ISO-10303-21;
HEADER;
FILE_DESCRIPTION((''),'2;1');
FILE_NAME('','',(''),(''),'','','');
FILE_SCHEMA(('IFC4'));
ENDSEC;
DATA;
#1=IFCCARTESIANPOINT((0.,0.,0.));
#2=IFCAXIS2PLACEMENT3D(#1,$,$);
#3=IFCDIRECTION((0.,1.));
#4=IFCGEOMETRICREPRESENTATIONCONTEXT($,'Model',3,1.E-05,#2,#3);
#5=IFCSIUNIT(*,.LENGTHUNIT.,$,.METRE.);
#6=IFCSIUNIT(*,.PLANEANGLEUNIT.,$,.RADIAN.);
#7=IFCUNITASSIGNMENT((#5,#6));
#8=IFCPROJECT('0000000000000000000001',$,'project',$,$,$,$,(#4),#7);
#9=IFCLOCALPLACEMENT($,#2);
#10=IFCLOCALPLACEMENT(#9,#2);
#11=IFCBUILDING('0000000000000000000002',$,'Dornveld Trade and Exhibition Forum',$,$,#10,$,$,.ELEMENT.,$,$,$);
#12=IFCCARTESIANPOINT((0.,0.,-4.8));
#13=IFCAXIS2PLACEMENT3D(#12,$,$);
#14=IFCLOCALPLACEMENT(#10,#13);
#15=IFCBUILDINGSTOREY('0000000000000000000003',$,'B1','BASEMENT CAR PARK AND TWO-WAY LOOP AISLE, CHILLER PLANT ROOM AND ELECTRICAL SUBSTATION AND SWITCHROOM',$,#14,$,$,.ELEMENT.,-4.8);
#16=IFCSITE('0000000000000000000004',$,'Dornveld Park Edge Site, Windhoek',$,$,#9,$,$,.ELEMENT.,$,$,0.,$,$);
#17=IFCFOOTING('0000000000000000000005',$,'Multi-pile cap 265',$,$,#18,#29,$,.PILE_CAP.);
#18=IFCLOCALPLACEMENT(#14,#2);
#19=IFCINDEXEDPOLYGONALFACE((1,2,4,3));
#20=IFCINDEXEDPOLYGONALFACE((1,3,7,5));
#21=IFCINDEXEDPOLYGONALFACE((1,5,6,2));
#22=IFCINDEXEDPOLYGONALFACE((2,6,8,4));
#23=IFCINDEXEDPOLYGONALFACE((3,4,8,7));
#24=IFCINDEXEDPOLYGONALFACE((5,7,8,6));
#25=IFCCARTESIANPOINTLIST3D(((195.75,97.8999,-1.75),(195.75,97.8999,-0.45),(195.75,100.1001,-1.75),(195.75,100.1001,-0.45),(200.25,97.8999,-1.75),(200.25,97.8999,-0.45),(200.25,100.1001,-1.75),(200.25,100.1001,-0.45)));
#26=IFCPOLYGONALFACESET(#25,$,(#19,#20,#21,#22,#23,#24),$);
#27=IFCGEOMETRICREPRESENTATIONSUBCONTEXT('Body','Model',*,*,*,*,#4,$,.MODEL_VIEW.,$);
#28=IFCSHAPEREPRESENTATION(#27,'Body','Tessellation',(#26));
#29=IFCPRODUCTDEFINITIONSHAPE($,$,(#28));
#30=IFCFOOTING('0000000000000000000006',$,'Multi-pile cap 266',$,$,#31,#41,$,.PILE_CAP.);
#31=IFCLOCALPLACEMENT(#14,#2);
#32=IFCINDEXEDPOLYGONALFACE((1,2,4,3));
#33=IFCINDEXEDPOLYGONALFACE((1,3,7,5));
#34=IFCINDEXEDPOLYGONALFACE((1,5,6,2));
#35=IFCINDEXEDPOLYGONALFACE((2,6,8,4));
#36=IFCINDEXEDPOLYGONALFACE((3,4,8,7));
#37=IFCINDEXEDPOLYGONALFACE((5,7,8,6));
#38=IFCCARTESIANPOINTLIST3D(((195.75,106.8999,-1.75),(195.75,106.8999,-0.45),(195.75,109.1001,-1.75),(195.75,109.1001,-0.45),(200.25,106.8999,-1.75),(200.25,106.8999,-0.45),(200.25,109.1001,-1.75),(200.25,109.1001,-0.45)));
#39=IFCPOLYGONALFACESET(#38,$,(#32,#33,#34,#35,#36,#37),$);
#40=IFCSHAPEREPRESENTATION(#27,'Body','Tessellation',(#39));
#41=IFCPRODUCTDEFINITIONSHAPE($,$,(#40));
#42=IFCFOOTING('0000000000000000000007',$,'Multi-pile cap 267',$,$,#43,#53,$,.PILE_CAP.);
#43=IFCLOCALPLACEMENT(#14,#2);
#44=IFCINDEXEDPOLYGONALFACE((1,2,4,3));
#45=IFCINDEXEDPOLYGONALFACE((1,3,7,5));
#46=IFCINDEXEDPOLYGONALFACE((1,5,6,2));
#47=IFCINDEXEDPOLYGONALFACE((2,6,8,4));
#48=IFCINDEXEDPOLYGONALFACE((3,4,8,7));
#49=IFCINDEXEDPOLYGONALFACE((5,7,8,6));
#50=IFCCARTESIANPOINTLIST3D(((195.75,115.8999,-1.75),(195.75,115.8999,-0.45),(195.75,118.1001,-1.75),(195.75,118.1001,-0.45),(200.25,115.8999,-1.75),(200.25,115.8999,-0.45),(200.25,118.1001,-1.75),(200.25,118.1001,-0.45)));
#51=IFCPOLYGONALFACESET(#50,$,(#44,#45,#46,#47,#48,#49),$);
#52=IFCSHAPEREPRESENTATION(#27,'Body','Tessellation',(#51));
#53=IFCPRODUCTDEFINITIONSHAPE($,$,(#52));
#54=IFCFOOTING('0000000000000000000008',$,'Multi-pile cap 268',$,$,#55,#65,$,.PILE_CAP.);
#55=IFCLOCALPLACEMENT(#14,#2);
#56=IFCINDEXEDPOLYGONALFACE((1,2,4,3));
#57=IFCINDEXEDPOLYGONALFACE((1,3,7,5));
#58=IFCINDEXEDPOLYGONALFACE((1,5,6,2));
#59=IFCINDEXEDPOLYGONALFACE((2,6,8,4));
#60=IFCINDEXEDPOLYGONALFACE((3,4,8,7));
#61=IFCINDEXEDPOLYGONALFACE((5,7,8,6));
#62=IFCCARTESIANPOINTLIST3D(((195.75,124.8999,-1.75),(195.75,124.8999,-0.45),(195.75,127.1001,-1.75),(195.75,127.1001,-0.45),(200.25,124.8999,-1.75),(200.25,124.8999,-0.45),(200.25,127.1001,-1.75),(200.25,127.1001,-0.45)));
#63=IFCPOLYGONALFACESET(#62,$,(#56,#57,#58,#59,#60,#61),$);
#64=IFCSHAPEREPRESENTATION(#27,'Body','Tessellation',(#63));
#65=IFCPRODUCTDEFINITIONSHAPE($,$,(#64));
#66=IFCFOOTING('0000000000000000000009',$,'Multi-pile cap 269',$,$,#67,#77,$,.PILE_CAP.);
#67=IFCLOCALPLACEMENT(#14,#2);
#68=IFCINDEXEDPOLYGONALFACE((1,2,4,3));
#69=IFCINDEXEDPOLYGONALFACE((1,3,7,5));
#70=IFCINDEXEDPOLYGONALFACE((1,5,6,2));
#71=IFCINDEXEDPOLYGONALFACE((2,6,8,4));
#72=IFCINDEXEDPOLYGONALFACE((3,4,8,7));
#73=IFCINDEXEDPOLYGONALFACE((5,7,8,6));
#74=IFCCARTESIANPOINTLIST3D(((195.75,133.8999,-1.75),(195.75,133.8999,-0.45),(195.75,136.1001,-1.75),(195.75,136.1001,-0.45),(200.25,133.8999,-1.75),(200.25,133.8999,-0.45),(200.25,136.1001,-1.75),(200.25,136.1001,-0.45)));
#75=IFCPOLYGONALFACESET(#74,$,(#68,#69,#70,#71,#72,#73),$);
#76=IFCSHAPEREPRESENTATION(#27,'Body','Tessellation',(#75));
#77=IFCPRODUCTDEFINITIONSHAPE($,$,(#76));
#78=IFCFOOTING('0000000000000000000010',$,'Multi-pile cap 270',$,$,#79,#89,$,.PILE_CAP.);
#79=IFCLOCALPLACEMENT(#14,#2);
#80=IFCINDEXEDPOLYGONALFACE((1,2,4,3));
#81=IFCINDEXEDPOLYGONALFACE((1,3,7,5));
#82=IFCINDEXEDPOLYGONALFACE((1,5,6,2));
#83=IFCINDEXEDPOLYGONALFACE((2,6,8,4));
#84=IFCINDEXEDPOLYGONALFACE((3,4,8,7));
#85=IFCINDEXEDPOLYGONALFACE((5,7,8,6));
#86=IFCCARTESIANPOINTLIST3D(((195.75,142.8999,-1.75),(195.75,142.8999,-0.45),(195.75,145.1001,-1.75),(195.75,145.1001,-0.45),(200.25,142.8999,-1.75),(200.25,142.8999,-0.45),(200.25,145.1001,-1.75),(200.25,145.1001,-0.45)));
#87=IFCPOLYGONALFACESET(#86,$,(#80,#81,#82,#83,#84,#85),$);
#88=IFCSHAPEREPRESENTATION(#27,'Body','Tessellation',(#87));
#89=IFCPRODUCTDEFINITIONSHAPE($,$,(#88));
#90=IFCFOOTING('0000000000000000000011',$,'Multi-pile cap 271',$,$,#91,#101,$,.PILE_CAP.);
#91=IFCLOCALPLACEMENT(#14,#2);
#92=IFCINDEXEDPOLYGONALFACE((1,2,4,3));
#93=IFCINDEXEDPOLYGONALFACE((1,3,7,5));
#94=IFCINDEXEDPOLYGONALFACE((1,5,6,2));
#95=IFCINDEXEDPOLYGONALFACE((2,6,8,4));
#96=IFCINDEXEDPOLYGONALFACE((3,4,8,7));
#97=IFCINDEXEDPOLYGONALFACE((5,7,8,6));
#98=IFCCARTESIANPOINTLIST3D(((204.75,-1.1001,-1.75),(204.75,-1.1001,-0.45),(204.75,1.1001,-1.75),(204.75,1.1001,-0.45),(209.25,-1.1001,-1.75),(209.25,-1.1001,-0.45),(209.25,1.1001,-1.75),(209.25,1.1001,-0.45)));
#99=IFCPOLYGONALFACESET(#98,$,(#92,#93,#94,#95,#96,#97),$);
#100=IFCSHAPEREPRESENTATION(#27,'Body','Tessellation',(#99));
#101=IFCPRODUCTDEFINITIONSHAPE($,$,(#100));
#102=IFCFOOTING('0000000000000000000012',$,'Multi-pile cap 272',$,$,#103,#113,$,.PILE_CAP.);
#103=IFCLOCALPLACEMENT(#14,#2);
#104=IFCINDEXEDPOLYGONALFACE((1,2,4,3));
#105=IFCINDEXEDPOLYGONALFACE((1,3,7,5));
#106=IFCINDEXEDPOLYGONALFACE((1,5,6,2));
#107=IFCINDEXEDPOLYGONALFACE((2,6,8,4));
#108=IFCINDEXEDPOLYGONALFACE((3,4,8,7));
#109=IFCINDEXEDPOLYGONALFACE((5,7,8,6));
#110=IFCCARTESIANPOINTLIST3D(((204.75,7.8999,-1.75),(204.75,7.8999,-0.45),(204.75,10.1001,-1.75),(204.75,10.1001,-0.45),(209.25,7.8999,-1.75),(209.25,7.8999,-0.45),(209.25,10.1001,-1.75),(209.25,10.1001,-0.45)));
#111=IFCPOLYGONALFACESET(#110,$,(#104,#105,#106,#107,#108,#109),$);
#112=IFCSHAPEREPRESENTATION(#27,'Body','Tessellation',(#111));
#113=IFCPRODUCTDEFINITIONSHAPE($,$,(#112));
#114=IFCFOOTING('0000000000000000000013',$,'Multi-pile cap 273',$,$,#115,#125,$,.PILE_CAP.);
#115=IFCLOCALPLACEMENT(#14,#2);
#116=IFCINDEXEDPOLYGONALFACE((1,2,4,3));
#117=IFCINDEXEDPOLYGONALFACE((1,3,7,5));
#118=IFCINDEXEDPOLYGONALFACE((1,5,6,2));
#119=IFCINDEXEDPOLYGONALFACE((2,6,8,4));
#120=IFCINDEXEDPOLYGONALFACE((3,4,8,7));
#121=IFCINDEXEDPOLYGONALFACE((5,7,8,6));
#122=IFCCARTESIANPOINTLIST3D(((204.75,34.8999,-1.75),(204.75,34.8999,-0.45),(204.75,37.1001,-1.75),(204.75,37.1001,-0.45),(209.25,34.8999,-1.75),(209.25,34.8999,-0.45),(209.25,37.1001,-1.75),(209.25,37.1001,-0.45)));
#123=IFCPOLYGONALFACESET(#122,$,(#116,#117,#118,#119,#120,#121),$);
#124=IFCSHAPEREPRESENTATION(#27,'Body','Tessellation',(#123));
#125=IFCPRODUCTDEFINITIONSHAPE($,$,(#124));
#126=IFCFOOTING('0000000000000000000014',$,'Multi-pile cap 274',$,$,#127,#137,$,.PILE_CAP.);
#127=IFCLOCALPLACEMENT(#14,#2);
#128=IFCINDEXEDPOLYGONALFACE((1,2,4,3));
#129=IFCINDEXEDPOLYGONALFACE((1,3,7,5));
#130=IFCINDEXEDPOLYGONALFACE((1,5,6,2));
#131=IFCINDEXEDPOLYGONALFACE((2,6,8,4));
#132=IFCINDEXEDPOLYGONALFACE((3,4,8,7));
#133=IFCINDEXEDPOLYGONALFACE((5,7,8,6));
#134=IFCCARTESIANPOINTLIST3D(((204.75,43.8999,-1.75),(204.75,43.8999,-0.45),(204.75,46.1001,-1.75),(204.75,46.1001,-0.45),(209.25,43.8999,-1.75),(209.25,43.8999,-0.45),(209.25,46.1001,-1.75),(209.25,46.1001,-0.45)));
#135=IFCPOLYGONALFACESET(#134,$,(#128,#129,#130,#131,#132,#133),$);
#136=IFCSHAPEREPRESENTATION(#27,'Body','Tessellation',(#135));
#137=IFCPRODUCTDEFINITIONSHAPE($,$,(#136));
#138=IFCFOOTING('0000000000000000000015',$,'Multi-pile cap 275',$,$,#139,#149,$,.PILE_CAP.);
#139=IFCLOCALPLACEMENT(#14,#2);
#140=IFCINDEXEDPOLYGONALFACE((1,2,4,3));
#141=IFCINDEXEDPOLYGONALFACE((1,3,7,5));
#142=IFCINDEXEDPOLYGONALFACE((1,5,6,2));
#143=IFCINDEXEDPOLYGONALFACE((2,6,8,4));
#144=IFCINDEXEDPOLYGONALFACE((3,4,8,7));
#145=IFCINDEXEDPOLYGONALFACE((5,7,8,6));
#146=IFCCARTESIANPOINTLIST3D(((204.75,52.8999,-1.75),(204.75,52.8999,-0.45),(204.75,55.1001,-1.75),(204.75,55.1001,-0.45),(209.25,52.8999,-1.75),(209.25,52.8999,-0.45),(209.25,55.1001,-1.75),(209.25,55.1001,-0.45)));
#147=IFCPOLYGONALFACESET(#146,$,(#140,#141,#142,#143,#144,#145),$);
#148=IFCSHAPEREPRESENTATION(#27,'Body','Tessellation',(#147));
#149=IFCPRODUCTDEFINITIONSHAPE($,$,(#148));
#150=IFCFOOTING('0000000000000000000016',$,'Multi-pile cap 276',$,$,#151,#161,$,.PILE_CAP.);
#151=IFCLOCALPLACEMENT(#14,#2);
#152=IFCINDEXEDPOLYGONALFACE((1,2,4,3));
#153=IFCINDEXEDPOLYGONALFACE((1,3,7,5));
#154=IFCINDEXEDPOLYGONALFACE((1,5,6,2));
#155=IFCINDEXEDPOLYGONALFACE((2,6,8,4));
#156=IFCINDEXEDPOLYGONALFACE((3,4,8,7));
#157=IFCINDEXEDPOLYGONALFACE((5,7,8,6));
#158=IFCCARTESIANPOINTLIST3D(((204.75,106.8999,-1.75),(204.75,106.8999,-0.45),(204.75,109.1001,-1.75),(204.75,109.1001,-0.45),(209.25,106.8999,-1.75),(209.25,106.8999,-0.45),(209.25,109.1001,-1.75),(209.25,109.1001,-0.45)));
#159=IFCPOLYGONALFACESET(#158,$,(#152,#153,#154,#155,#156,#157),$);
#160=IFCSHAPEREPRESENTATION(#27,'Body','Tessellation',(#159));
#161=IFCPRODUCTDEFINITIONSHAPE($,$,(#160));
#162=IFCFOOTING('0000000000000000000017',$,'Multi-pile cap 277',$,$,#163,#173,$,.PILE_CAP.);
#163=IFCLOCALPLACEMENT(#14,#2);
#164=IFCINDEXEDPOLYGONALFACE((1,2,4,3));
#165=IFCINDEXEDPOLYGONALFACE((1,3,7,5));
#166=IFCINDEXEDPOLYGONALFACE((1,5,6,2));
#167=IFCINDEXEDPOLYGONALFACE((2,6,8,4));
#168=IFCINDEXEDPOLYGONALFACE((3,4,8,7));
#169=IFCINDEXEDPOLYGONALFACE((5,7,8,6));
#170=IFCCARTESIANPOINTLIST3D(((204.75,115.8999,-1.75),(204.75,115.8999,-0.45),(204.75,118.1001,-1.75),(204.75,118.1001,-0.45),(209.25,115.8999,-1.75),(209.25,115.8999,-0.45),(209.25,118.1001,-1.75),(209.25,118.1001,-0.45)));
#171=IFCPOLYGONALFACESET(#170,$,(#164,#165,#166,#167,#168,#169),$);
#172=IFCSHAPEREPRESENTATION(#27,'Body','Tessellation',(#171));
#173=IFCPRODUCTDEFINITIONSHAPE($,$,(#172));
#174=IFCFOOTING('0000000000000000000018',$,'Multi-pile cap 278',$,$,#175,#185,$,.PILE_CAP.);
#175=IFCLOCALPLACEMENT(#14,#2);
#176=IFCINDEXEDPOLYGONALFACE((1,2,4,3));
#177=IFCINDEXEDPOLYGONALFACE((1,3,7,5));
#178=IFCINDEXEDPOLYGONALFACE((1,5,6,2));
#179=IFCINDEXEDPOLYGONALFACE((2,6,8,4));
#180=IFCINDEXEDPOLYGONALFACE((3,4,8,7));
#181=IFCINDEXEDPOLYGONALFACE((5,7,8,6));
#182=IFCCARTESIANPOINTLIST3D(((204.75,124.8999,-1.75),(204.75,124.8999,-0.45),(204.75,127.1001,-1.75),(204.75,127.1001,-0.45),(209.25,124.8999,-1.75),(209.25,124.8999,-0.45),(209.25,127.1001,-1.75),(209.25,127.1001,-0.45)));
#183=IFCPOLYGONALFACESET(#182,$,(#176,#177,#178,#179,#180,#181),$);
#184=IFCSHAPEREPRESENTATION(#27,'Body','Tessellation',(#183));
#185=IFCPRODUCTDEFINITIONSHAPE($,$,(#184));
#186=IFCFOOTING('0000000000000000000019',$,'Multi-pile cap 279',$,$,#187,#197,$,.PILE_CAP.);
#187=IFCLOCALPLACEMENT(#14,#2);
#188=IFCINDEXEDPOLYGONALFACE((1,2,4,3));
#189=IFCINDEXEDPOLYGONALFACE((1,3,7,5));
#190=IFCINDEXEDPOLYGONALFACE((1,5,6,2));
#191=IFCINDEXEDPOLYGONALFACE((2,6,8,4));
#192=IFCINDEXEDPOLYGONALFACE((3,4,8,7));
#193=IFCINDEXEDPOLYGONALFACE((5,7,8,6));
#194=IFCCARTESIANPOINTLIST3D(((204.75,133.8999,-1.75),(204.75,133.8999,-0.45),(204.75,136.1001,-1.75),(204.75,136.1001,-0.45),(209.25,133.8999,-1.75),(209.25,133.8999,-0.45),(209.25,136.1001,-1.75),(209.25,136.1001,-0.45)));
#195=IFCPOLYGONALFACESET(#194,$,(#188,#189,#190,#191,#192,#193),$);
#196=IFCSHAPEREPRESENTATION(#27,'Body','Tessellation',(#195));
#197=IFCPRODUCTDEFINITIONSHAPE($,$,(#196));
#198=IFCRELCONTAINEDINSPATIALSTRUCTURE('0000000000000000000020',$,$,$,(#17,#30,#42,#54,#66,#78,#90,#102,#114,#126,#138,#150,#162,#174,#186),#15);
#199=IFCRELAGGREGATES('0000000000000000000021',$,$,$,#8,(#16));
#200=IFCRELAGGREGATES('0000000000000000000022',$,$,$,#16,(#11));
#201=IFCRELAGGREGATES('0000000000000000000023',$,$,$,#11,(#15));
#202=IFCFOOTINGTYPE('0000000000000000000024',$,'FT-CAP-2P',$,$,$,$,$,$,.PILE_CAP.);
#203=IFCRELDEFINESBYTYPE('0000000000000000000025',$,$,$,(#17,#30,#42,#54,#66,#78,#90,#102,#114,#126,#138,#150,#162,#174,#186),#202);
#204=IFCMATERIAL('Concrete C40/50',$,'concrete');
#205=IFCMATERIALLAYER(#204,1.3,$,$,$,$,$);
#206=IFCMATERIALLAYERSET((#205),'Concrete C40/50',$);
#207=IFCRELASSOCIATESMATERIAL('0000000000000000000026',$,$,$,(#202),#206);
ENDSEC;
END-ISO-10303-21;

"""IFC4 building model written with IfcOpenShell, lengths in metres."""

from ifc_helpers import new_model, si_unit, direction, frame, origin, place, context, subcontext, project, spatial, polyline, outline, extrude, material, layer, layer_set, type_object, element, save


model = new_model("IFC4")

# Units and contexts
model_context = context("Model", 3, precision=1e-05, world=origin(), true_north=direction((0.0, 1.0)))
body_context = subcontext(model_context, "Body", "Model", "MODEL_VIEW")
ifc_project = project(units=[si_unit("LENGTHUNIT", "METRE"), si_unit("PLANEANGLEUNIT", "RADIAN")], contexts=[model_context])

# Site, building, storey
site_placement = place(None, origin())
site = spatial("IfcSite", under=ifc_project, at=site_placement, Name="Dornveld Park Edge Site, Windhoek", CompositionType="ELEMENT", RefElevation=0.0)
building_placement = place(site_placement, origin())
building = spatial("IfcBuilding", under=site, at=building_placement, Name="Dornveld Trade and Exhibition Forum", CompositionType="ELEMENT")
storey_placement = place(building_placement, frame((0.0, 0.0, -4.8)))
storey = spatial("IfcBuildingStorey", under=building, at=storey_placement, Name="B1", Description="BASEMENT CAR PARK AND TWO-WAY LOOP AISLE, CHILLER PLANT ROOM AND ELECTRICAL SUBSTATION AND SWITCHROOM", CompositionType="ELEMENT", Elevation=-4.8)

# Footings
ifc_material_1 = material(Name="Concrete C40/50", Category="concrete")
ifc_layer = layer(ifc_material_1, 1.3)
ifc_layer_set = layer_set([ifc_layer], Name="Concrete C40/50")
footing_type = type_object("IfcFootingType", Name="FT-CAP-2P", PredefinedType="PILE_CAP", material=ifc_layer_set)
footing_1_placement = place(storey_placement, frame((0.0, 0.0, -1.75)))
element("IfcFooting", 1, at=footing_1_placement, inside=storey, type_object=footing_type, Name="Multi-pile cap 265", PredefinedType="PILE_CAP", context=body_context, shape_type="SweptSolid", body=[
    extrude(outline(polyline([(195.75, 97.8999), (200.25, 97.8999), (200.25, 100.1001), (195.75, 100.1001), (195.75, 97.8999)])), origin(), (0.0, 0.0, 1.0), 1.3),
])
footing_2_placement = place(storey_placement, frame((0.0, 0.0, -1.75)))
element("IfcFooting", 2, at=footing_2_placement, inside=storey, type_object=footing_type, Name="Multi-pile cap 266", PredefinedType="PILE_CAP", context=body_context, shape_type="SweptSolid", body=[
    extrude(outline(polyline([(195.75, 106.8999), (200.25, 106.8999), (200.25, 109.1001), (195.75, 109.1001), (195.75, 106.8999)])), origin(), (0.0, 0.0, 1.0), 1.3),
])
footing_3_placement = place(storey_placement, frame((0.0, 0.0, -1.75)))
element("IfcFooting", 3, at=footing_3_placement, inside=storey, type_object=footing_type, Name="Multi-pile cap 267", PredefinedType="PILE_CAP", context=body_context, shape_type="SweptSolid", body=[
    extrude(outline(polyline([(195.75, 115.8999), (200.25, 115.8999), (200.25, 118.1001), (195.75, 118.1001), (195.75, 115.8999)])), origin(), (0.0, 0.0, 1.0), 1.3),
])
footing_4_placement = place(storey_placement, frame((0.0, 0.0, -1.75)))
element("IfcFooting", 4, at=footing_4_placement, inside=storey, type_object=footing_type, Name="Multi-pile cap 268", PredefinedType="PILE_CAP", context=body_context, shape_type="SweptSolid", body=[
    extrude(outline(polyline([(195.75, 124.8999), (200.25, 124.8999), (200.25, 127.1001), (195.75, 127.1001), (195.75, 124.8999)])), origin(), (0.0, 0.0, 1.0), 1.3),
])
footing_5_placement = place(storey_placement, frame((0.0, 0.0, -1.75)))
element("IfcFooting", 5, at=footing_5_placement, inside=storey, type_object=footing_type, Name="Multi-pile cap 269", PredefinedType="PILE_CAP", context=body_context, shape_type="SweptSolid", body=[
    extrude(outline(polyline([(195.75, 133.8999), (200.25, 133.8999), (200.25, 136.1001), (195.75, 136.1001), (195.75, 133.8999)])), origin(), (0.0, 0.0, 1.0), 1.3),
])
footing_6_placement = place(storey_placement, frame((0.0, 0.0, -1.75)))
element("IfcFooting", 6, at=footing_6_placement, inside=storey, type_object=footing_type, Name="Multi-pile cap 270", PredefinedType="PILE_CAP", context=body_context, shape_type="SweptSolid", body=[
    extrude(outline(polyline([(195.75, 142.8999), (200.25, 142.8999), (200.25, 145.1001), (195.75, 145.1001), (195.75, 142.8999)])), origin(), (0.0, 0.0, 1.0), 1.3),
])
footing_7_placement = place(storey_placement, frame((0.0, 0.0, -1.75)))
element("IfcFooting", 7, at=footing_7_placement, inside=storey, type_object=footing_type, Name="Multi-pile cap 271", PredefinedType="PILE_CAP", context=body_context, shape_type="SweptSolid", body=[
    extrude(outline(polyline([(204.75, -1.1001), (209.25, -1.1001), (209.25, 1.1001), (204.75, 1.1001), (204.75, -1.1001)])), origin(), (0.0, 0.0, 1.0), 1.3),
])
footing_8_placement = place(storey_placement, frame((0.0, 0.0, -1.75)))
element("IfcFooting", 8, at=footing_8_placement, inside=storey, type_object=footing_type, Name="Multi-pile cap 272", PredefinedType="PILE_CAP", context=body_context, shape_type="SweptSolid", body=[
    extrude(outline(polyline([(204.75, 7.8999), (209.25, 7.8999), (209.25, 10.1001), (204.75, 10.1001), (204.75, 7.8999)])), origin(), (0.0, 0.0, 1.0), 1.3),
])
footing_9_placement = place(storey_placement, frame((0.0, 0.0, -1.75)))
element("IfcFooting", 9, at=footing_9_placement, inside=storey, type_object=footing_type, Name="Multi-pile cap 273", PredefinedType="PILE_CAP", context=body_context, shape_type="SweptSolid", body=[
    extrude(outline(polyline([(204.75, 34.8999), (209.25, 34.8999), (209.25, 37.1001), (204.75, 37.1001), (204.75, 34.8999)])), origin(), (0.0, 0.0, 1.0), 1.3),
])
footing_10_placement = place(storey_placement, frame((0.0, 0.0, -1.75)))
element("IfcFooting", 10, at=footing_10_placement, inside=storey, type_object=footing_type, Name="Multi-pile cap 274", PredefinedType="PILE_CAP", context=body_context, shape_type="SweptSolid", body=[
    extrude(outline(polyline([(204.75, 43.8999), (209.25, 43.8999), (209.25, 46.1001), (204.75, 46.1001), (204.75, 43.8999)])), origin(), (0.0, 0.0, 1.0), 1.3),
])
footing_11_placement = place(storey_placement, frame((0.0, 0.0, -1.75)))
element("IfcFooting", 11, at=footing_11_placement, inside=storey, type_object=footing_type, Name="Multi-pile cap 275", PredefinedType="PILE_CAP", context=body_context, shape_type="SweptSolid", body=[
    extrude(outline(polyline([(204.75, 52.8999), (209.25, 52.8999), (209.25, 55.1001), (204.75, 55.1001), (204.75, 52.8999)])), origin(), (0.0, 0.0, 1.0), 1.3),
])
footing_12_placement = place(storey_placement, frame((0.0, 0.0, -1.75)))
element("IfcFooting", 12, at=footing_12_placement, inside=storey, type_object=footing_type, Name="Multi-pile cap 276", PredefinedType="PILE_CAP", context=body_context, shape_type="SweptSolid", body=[
    extrude(outline(polyline([(204.75, 106.8999), (209.25, 106.8999), (209.25, 109.1001), (204.75, 109.1001), (204.75, 106.8999)])), origin(), (0.0, 0.0, 1.0), 1.3),
])
footing_13_placement = place(storey_placement, frame((0.0, 0.0, -1.75)))
element("IfcFooting", 13, at=footing_13_placement, inside=storey, type_object=footing_type, Name="Multi-pile cap 277", PredefinedType="PILE_CAP", context=body_context, shape_type="SweptSolid", body=[
    extrude(outline(polyline([(204.75, 115.8999), (209.25, 115.8999), (209.25, 118.1001), (204.75, 118.1001), (204.75, 115.8999)])), origin(), (0.0, 0.0, 1.0), 1.3),
])
footing_14_placement = place(storey_placement, frame((0.0, 0.0, -1.75)))
element("IfcFooting", 14, at=footing_14_placement, inside=storey, type_object=footing_type, Name="Multi-pile cap 278", PredefinedType="PILE_CAP", context=body_context, shape_type="SweptSolid", body=[
    extrude(outline(polyline([(204.75, 124.8999), (209.25, 124.8999), (209.25, 127.1001), (204.75, 127.1001), (204.75, 124.8999)])), origin(), (0.0, 0.0, 1.0), 1.3),
])
footing_15_placement = place(storey_placement, frame((0.0, 0.0, -1.75)))
element("IfcFooting", 15, at=footing_15_placement, inside=storey, type_object=footing_type, Name="Multi-pile cap 279", PredefinedType="PILE_CAP", context=body_context, shape_type="SweptSolid", body=[
    extrude(outline(polyline([(204.75, 133.8999), (209.25, 133.8999), (209.25, 136.1001), (204.75, 136.1001), (204.75, 133.8999)])), origin(), (0.0, 0.0, 1.0), 1.3),
])

save(model, "model.ifc")
